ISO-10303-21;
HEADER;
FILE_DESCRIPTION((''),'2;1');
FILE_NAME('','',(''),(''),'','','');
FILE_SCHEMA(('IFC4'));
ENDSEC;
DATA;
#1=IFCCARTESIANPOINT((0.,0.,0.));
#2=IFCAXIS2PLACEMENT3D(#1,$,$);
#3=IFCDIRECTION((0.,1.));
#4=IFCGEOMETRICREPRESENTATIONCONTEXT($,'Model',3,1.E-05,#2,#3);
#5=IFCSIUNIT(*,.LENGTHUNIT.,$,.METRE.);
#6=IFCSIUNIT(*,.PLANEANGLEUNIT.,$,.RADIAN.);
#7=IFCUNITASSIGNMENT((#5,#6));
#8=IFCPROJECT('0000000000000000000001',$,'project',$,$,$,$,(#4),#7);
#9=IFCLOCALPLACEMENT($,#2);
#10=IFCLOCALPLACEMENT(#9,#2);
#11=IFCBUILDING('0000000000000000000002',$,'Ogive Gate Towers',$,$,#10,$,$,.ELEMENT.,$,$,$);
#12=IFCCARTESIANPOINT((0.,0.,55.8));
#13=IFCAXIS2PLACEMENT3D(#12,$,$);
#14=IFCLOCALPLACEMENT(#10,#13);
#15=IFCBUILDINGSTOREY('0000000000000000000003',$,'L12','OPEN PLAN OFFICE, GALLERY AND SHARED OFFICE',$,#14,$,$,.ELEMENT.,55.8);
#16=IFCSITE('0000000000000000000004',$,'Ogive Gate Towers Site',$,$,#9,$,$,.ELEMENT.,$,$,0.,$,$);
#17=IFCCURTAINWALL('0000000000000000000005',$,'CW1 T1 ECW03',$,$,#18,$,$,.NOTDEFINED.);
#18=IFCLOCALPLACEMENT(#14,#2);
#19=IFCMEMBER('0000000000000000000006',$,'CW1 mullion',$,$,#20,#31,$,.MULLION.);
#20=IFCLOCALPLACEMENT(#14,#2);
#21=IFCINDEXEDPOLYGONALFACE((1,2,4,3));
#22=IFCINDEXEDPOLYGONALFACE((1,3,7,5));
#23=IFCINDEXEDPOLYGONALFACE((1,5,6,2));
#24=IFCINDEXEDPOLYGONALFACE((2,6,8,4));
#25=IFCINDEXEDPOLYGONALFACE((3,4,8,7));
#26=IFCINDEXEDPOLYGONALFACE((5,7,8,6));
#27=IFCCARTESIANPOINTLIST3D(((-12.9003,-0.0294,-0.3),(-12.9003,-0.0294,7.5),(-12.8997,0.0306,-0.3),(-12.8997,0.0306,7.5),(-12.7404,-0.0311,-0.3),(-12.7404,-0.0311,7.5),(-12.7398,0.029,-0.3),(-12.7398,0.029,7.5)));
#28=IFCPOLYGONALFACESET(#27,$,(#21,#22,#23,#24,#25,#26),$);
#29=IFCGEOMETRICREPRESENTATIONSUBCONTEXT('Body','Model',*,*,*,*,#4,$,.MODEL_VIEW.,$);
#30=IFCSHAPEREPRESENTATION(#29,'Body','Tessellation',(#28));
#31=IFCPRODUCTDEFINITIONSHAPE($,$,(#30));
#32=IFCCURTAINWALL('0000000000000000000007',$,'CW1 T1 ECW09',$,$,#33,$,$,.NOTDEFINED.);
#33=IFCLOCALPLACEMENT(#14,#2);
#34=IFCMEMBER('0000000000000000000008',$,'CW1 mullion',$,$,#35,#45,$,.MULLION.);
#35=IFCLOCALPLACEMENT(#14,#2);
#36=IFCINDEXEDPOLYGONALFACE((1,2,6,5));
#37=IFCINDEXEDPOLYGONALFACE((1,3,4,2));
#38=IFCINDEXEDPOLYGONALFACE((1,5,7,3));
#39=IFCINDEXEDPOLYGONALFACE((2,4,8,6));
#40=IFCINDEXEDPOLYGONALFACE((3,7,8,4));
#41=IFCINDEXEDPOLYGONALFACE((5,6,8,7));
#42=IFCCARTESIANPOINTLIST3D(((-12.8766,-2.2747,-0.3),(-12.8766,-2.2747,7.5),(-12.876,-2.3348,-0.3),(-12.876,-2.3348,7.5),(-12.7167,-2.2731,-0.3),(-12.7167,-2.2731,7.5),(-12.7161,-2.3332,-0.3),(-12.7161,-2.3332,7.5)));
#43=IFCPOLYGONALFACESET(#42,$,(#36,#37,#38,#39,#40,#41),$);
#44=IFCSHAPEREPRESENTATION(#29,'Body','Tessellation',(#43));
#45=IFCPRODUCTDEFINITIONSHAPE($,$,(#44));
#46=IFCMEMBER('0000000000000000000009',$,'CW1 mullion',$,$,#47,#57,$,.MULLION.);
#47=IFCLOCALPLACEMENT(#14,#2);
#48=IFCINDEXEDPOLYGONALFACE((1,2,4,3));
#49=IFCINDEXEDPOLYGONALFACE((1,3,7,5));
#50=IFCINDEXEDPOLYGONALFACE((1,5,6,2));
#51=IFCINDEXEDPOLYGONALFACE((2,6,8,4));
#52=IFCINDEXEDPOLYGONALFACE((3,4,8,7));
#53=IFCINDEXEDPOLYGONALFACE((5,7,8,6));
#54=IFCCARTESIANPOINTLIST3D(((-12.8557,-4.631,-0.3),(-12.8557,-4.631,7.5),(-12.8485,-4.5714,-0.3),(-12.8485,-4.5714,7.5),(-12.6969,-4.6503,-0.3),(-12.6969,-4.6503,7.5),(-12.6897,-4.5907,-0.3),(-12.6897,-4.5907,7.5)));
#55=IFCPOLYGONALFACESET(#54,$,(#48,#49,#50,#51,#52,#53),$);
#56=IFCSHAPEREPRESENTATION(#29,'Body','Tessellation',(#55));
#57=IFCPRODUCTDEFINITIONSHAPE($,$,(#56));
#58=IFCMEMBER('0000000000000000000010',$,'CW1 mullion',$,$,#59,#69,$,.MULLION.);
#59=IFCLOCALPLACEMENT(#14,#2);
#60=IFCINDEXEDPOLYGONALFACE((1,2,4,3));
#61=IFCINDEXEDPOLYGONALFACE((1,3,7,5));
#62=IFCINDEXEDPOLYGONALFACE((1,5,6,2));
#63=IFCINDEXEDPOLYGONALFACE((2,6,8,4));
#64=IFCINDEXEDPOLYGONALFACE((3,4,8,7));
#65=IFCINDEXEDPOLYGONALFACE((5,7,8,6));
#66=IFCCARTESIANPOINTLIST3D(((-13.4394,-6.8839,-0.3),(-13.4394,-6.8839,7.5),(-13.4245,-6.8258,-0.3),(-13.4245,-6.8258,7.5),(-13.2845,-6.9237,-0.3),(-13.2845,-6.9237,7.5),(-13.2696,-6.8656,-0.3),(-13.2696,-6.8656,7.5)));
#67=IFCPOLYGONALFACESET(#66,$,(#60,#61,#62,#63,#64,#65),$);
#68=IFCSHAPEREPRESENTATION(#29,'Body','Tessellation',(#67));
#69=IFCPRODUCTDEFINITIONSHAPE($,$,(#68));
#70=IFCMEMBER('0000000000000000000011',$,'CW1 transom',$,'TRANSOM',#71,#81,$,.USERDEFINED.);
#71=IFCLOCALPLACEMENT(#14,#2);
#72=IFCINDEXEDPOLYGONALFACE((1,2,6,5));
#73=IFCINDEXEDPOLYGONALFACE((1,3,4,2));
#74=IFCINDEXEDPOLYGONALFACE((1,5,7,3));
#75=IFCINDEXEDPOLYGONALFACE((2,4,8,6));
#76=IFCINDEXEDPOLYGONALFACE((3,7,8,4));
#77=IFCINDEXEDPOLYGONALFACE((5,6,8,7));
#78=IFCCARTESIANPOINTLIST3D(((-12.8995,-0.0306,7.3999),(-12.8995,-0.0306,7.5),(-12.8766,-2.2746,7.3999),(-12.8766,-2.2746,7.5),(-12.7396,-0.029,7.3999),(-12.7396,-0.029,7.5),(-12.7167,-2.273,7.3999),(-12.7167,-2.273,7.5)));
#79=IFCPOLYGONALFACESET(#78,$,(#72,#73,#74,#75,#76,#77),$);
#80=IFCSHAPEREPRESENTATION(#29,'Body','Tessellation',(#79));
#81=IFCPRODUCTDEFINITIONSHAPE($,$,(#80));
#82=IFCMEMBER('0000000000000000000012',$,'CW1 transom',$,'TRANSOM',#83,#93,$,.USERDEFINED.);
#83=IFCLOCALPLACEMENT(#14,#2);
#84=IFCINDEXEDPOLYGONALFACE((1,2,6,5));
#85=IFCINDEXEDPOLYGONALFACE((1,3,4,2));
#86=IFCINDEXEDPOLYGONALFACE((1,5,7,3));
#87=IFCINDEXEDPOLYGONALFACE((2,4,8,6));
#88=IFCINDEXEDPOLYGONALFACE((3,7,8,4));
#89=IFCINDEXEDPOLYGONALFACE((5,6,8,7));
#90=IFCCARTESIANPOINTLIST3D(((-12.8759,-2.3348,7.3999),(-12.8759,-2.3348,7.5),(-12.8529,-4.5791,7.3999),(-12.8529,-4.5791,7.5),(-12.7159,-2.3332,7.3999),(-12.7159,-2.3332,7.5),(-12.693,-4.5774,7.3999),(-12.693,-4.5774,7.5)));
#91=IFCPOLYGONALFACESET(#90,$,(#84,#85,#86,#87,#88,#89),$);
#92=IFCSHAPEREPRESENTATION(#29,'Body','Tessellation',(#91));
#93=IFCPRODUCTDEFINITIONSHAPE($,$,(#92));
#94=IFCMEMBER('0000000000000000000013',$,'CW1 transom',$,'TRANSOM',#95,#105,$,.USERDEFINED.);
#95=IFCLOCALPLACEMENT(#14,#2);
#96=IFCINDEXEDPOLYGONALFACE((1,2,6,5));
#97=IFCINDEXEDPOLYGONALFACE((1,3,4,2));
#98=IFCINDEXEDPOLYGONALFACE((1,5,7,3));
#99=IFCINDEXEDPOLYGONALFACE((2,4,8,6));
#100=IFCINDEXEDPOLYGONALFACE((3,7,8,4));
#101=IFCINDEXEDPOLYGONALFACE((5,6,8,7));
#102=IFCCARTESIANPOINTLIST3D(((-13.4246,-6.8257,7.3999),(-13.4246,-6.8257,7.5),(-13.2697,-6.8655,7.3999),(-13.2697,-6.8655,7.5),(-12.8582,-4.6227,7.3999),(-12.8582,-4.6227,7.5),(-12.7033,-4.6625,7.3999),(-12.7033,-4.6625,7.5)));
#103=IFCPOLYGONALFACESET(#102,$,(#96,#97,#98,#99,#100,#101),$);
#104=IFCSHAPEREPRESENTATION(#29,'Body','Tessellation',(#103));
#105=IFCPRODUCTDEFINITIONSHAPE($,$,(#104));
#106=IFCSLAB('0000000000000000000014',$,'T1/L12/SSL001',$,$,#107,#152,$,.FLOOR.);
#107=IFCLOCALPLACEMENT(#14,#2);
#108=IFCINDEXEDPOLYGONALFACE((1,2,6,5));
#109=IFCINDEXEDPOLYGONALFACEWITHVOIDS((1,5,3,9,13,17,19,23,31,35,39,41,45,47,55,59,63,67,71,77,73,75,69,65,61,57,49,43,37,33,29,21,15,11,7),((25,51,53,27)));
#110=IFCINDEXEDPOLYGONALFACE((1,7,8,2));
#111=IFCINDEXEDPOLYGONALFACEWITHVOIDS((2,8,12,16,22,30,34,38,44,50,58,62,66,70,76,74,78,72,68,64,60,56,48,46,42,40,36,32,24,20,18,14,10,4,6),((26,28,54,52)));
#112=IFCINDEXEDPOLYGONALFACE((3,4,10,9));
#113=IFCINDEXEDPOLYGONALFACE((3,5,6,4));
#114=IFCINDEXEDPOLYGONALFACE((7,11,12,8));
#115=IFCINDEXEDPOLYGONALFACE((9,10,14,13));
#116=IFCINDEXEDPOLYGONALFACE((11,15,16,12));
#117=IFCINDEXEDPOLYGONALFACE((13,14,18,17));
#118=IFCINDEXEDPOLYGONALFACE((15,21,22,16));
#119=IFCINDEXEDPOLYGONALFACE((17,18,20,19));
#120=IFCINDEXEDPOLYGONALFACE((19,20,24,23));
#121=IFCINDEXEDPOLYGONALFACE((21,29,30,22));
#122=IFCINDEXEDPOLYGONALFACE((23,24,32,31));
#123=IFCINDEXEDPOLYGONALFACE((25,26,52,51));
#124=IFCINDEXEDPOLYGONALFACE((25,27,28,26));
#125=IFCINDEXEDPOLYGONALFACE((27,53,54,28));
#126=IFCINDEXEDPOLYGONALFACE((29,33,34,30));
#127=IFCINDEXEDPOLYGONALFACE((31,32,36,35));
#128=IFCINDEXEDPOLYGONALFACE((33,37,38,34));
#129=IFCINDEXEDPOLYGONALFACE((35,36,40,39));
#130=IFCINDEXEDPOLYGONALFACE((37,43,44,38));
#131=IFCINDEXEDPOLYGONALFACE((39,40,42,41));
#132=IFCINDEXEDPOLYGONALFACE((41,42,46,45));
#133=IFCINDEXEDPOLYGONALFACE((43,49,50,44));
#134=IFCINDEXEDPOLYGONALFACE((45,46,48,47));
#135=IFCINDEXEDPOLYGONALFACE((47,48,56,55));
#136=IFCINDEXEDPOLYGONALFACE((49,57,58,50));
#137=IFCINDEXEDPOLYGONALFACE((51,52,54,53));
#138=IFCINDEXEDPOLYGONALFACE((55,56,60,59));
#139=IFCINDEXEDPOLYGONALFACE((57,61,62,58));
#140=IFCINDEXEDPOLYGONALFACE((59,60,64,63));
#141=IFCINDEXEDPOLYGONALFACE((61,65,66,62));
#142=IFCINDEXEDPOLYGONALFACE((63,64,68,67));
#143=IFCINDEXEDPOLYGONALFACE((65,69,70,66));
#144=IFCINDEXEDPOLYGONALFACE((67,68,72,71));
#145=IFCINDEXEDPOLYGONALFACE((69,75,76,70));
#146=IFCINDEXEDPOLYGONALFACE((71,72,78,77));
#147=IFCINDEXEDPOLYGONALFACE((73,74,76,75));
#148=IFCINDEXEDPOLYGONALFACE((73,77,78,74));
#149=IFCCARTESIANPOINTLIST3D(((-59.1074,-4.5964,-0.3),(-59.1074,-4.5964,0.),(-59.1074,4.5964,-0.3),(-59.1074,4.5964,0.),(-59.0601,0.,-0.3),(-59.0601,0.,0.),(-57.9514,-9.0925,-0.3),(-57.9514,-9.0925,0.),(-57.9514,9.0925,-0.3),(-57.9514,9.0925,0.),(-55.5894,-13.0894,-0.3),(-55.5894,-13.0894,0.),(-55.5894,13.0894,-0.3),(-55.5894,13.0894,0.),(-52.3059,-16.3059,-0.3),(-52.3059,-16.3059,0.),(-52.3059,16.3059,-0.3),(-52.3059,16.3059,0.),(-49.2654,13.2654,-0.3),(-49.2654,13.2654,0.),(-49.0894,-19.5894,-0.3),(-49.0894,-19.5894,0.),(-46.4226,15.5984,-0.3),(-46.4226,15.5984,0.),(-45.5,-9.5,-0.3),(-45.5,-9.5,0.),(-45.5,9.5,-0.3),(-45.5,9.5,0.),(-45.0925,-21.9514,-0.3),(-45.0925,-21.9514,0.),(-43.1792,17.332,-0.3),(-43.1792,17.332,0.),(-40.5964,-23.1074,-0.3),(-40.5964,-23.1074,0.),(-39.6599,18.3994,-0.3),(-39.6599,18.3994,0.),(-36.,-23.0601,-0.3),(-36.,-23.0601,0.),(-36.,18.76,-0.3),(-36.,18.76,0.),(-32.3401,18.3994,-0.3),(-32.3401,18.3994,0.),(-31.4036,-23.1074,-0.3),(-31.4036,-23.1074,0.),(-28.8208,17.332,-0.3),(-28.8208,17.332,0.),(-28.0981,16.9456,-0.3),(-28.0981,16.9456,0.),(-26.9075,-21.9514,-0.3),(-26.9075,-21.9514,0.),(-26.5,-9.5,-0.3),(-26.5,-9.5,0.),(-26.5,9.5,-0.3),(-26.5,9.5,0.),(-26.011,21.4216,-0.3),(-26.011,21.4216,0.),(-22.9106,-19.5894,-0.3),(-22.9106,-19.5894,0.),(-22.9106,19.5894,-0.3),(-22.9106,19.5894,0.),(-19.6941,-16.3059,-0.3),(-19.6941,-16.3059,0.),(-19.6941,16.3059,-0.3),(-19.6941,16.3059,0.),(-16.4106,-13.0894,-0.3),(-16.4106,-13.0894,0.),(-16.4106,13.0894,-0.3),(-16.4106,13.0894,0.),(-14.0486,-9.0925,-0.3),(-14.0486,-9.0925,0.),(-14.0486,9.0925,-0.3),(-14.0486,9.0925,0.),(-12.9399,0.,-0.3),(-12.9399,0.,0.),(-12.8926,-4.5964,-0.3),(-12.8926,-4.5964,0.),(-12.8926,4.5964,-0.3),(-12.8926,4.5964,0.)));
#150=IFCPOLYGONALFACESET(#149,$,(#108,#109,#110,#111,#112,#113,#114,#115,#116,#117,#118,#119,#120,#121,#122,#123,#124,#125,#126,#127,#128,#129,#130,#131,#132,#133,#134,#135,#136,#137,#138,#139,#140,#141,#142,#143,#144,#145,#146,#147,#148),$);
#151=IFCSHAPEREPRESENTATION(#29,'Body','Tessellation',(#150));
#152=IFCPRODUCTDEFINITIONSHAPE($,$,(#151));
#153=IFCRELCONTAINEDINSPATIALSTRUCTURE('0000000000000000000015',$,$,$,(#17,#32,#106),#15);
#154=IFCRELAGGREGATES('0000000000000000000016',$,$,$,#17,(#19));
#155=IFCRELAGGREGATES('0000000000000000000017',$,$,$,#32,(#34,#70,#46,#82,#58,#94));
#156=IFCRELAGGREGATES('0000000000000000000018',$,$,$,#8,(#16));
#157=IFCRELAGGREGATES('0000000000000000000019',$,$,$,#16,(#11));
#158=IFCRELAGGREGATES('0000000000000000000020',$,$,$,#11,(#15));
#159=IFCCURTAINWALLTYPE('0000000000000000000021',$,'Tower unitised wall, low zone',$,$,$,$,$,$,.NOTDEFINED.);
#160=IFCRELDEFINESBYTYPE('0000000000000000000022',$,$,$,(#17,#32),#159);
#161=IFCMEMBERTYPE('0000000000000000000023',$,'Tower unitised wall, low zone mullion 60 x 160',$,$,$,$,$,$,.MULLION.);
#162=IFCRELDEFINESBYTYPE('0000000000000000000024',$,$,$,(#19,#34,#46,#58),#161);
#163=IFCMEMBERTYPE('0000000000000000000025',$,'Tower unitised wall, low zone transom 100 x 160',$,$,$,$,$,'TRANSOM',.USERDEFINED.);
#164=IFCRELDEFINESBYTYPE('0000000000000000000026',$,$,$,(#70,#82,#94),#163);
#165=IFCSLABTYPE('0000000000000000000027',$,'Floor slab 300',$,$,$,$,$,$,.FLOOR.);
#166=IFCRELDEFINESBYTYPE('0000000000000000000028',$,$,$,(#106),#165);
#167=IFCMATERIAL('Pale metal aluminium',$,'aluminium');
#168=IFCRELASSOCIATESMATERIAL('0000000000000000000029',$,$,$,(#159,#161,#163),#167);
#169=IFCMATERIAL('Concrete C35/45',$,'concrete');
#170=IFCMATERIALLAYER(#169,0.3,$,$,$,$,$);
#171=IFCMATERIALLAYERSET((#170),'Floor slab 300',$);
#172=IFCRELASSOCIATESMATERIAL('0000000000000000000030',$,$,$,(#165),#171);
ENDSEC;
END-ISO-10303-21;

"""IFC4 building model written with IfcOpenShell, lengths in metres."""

from ifc_helpers import new_model, si_unit, direction, frame, origin, origin_2d, place, context, subcontext, project, spatial, polyline, rectangle, outline, extrude, material, layer, layer_set, material_profile, profile_set, type_object, element, aggregate, save


model = new_model("IFC4")

# Units and contexts
model_context = context("Model", 3, precision=1e-05, world=origin(), true_north=direction((0.0, 1.0)))
body_context = subcontext(model_context, "Body", "Model", "MODEL_VIEW")
ifc_project = project(units=[si_unit("LENGTHUNIT", "METRE"), si_unit("PLANEANGLEUNIT", "RADIAN")], contexts=[model_context])

# Site, building, storey
site_placement = place(None, origin())
site = spatial("IfcSite", under=ifc_project, at=site_placement, Name="Ogive Gate Towers Site", CompositionType="ELEMENT", RefElevation=0.0)
building_placement = place(site_placement, origin())
building = spatial("IfcBuilding", under=site, at=building_placement, Name="Ogive Gate Towers", CompositionType="ELEMENT")
storey_placement = place(building_placement, frame((0.0, 0.0, 55.8)))
storey = spatial("IfcBuildingStorey", under=building, at=storey_placement, Name="L12", Description="OPEN PLAN OFFICE, GALLERY AND SHARED OFFICE", CompositionType="ELEMENT", Elevation=55.8)

# Curtain wall, member
ifc_material_1 = material(Name="Pale metal aluminium", Category="aluminium")
curtain_wall_type = type_object("IfcCurtainWallType", Name="Tower unitised wall, low zone", PredefinedType="NOTDEFINED", material=ifc_material_1)
curtain_wall_1_placement = place(storey_placement, origin())
curtain_wall_1 = element("IfcCurtainWall", 1, at=curtain_wall_1_placement, inside=storey, type_object=curtain_wall_type, Name="CW1 T1 ECW03", PredefinedType="NOTDEFINED")
ifc_material_profile_1 = material_profile(ifc_material_1, rectangle(XDim=0.1599, YDim=0.0601, at=origin_2d()), Name="60 x 160 aluminium box")
ifc_profile_set_1 = profile_set([ifc_material_profile_1], Name="Pale metal aluminium")
member_type_1 = type_object("IfcMemberType", Name="Tower unitised wall, low zone mullion 60 x 160", PredefinedType="MULLION", material=ifc_profile_set_1)
member_1_placement = place(storey_placement, frame((-12.8201, -0.0002, -0.3), z_axis=(0.0, 0.0, 1.0), x_axis=(-0.999947, 0.01028, 0.0)))
member_1 = element("IfcMember", 2, at=member_1_placement, type_object=member_type_1, Name="CW1 mullion", PredefinedType="MULLION", context=body_context, shape_type="SweptSolid", body=[
    extrude(rectangle(XDim=0.1599, YDim=0.0601, at=origin_2d()), origin(), (0.0, 0.0, 1.0), 7.8),
])
aggregate(curtain_wall_1, [member_1])

# Curtain wall, members
curtain_wall_2_placement = place(storey_placement, origin())
curtain_wall_2 = element("IfcCurtainWall", 3, at=curtain_wall_2_placement, inside=storey, type_object=curtain_wall_type, Name="CW1 T1 ECW09", PredefinedType="NOTDEFINED")
member_2_placement = place(storey_placement, frame((-12.7964, -2.304, -0.3), z_axis=(0.0, 0.0, 1.0), x_axis=(-0.999947, -0.01028, 0.0)))
member_2 = element("IfcMember", 4, at=member_2_placement, type_object=member_type_1, Name="CW1 mullion", PredefinedType="MULLION", context=body_context, shape_type="SweptSolid", body=[
    extrude(rectangle(XDim=0.1599, YDim=0.0601, at=origin_2d()), origin(), (0.0, 0.0, 1.0), 7.8),
])
member_3_placement = place(storey_placement, frame((-12.7727, -4.6108, -0.3), z_axis=(0.0, 0.0, 1.0), x_axis=(-0.992728, 0.120379, 0.0)))
member_3 = element("IfcMember", 5, at=member_3_placement, type_object=member_type_1, Name="CW1 mullion", PredefinedType="MULLION", context=body_context, shape_type="SweptSolid", body=[
    extrude(rectangle(XDim=0.1599, YDim=0.0601, at=origin_2d()), origin(), (0.0, 0.0, 1.0), 7.8),
])
member_4_placement = place(storey_placement, frame((-13.3545, -6.8748, -0.3), z_axis=(0.0, 0.0, 1.0), x_axis=(-0.968509, 0.248977, 0.0)))
member_4 = element("IfcMember", 6, at=member_4_placement, type_object=member_type_1, Name="CW1 mullion", PredefinedType="MULLION", context=body_context, shape_type="SweptSolid", body=[
    extrude(rectangle(XDim=0.1599, YDim=0.0601, at=origin_2d()), origin(), (0.0, 0.0, 1.0), 7.8),
])
ifc_material_profile_2 = material_profile(ifc_material_1, rectangle(XDim=0.1599, YDim=0.1001, at=origin_2d()), Name="100 x 160 aluminium box")
ifc_profile_set_2 = profile_set([ifc_material_profile_2], Name="Pale metal aluminium")
member_type_2 = type_object("IfcMemberType", Name="Tower unitised wall, low zone transom 100 x 160", ElementType="TRANSOM", PredefinedType="USERDEFINED", material=ifc_profile_set_2)
member_5_placement = place(storey_placement, frame((-12.8196, -0.0298, 7.45), z_axis=(0.010226, -0.999948, 0.0), x_axis=(0.999948, 0.010226, 0.0)))
member_5 = element("IfcMember", 7, at=member_5_placement, type_object=member_type_2, Name="CW1 transom", ObjectType="TRANSOM", PredefinedType="USERDEFINED", context=body_context, shape_type="SweptSolid", body=[
    extrude(rectangle(XDim=0.1599, YDim=0.1001, at=origin_2d()), origin(), (0.0, 0.0, 1.0), 2.2441),
])
member_6_placement = place(storey_placement, frame((-12.7959, -2.334, 7.45), z_axis=(0.010225, -0.999948, 0.0), x_axis=(0.999948, 0.010225, 0.0)))
member_6 = element("IfcMember", 8, at=member_6_placement, type_object=member_type_2, Name="CW1 transom", ObjectType="TRANSOM", PredefinedType="USERDEFINED", context=body_context, shape_type="SweptSolid", body=[
    extrude(rectangle(XDim=0.1599, YDim=0.1001, at=origin_2d()), origin(), (0.0, 0.0, 1.0), 2.2444),
])
member_7_placement = place(storey_placement, frame((-12.7808, -4.6426, 7.45), z_axis=(-0.248995, -0.968505, 0.0), x_axis=(0.968505, -0.248995, 0.0)))
member_7 = element("IfcMember", 9, at=member_7_placement, type_object=member_type_2, Name="CW1 transom", ObjectType="TRANSOM", PredefinedType="USERDEFINED", context=body_context, shape_type="SweptSolid", body=[
    extrude(rectangle(XDim=0.1599, YDim=0.1001, at=origin_2d()), origin(), (0.0, 0.0, 1.0), 2.2747),
])

# Slab
ifc_material_2 = material(Name="Concrete C35/45", Category="concrete")
ifc_layer_1 = layer(ifc_material_2, 0.3)
ifc_layer_set_1 = layer_set([ifc_layer_1], Name="Floor slab 300")
slab_type_1 = type_object("IfcSlabType", Name="Floor slab 300", PredefinedType="FLOOR", material=ifc_layer_set_1)
slab_1_placement = place(storey_placement, frame((0.0, 0.0, -0.3)))
element("IfcSlab", 10, at=slab_1_placement, inside=storey, type_object=slab_type_1, Name="T1/L12/SSL001", PredefinedType="FLOOR", context=body_context, shape_type="SweptSolid", body=[
    extrude(outline(polyline([(-19.6941, 16.3059), (-22.9106, 19.5894), (-26.9075, 21.9514), (-26.011, 21.4216), (-28.0981, 16.9456), (-28.8208, 17.332), (-32.3401, 18.3994), (-36.0, 18.76), (-39.6599, 18.3994), (-43.1792, 17.332), (-46.4226, 15.5984), (-49.2654, 13.2654), (-52.3059, 16.3059), (-55.5894, 13.0894), (-57.9514, 9.0925), (-59.1074, 4.5964), (-59.0601, 0.0), (-59.1074, -4.5964), (-57.9514, -9.0925), (-55.5894, -13.0894), (-52.3059, -16.3059), (-49.0894, -19.5894), (-45.0925, -21.9514), (-40.5964, -23.1074), (-36.0, -23.0601), (-31.4036, -23.1074), (-26.9075, -21.9514), (-22.9106, -19.5894), (-19.6941, -16.3059), (-16.4106, -13.0894), (-14.0486, -9.0925), (-12.8926, -4.5964), (-12.9399, 0.0), (-12.8926, 4.5964), (-14.0486, 9.0925), (-16.4106, 13.0894), (-19.6941, 16.3059)]), holes=[polyline([(-26.5, -9.5), (-45.5, -9.5), (-45.5, 9.5), (-26.5, 9.5), (-26.5, -9.5)])]), origin(), (0.0, 0.0, 1.0), 0.3),
])

aggregate(curtain_wall_2, [member_2, member_5, member_3, member_6, member_4, member_7])

save(model, "model.ifc")
